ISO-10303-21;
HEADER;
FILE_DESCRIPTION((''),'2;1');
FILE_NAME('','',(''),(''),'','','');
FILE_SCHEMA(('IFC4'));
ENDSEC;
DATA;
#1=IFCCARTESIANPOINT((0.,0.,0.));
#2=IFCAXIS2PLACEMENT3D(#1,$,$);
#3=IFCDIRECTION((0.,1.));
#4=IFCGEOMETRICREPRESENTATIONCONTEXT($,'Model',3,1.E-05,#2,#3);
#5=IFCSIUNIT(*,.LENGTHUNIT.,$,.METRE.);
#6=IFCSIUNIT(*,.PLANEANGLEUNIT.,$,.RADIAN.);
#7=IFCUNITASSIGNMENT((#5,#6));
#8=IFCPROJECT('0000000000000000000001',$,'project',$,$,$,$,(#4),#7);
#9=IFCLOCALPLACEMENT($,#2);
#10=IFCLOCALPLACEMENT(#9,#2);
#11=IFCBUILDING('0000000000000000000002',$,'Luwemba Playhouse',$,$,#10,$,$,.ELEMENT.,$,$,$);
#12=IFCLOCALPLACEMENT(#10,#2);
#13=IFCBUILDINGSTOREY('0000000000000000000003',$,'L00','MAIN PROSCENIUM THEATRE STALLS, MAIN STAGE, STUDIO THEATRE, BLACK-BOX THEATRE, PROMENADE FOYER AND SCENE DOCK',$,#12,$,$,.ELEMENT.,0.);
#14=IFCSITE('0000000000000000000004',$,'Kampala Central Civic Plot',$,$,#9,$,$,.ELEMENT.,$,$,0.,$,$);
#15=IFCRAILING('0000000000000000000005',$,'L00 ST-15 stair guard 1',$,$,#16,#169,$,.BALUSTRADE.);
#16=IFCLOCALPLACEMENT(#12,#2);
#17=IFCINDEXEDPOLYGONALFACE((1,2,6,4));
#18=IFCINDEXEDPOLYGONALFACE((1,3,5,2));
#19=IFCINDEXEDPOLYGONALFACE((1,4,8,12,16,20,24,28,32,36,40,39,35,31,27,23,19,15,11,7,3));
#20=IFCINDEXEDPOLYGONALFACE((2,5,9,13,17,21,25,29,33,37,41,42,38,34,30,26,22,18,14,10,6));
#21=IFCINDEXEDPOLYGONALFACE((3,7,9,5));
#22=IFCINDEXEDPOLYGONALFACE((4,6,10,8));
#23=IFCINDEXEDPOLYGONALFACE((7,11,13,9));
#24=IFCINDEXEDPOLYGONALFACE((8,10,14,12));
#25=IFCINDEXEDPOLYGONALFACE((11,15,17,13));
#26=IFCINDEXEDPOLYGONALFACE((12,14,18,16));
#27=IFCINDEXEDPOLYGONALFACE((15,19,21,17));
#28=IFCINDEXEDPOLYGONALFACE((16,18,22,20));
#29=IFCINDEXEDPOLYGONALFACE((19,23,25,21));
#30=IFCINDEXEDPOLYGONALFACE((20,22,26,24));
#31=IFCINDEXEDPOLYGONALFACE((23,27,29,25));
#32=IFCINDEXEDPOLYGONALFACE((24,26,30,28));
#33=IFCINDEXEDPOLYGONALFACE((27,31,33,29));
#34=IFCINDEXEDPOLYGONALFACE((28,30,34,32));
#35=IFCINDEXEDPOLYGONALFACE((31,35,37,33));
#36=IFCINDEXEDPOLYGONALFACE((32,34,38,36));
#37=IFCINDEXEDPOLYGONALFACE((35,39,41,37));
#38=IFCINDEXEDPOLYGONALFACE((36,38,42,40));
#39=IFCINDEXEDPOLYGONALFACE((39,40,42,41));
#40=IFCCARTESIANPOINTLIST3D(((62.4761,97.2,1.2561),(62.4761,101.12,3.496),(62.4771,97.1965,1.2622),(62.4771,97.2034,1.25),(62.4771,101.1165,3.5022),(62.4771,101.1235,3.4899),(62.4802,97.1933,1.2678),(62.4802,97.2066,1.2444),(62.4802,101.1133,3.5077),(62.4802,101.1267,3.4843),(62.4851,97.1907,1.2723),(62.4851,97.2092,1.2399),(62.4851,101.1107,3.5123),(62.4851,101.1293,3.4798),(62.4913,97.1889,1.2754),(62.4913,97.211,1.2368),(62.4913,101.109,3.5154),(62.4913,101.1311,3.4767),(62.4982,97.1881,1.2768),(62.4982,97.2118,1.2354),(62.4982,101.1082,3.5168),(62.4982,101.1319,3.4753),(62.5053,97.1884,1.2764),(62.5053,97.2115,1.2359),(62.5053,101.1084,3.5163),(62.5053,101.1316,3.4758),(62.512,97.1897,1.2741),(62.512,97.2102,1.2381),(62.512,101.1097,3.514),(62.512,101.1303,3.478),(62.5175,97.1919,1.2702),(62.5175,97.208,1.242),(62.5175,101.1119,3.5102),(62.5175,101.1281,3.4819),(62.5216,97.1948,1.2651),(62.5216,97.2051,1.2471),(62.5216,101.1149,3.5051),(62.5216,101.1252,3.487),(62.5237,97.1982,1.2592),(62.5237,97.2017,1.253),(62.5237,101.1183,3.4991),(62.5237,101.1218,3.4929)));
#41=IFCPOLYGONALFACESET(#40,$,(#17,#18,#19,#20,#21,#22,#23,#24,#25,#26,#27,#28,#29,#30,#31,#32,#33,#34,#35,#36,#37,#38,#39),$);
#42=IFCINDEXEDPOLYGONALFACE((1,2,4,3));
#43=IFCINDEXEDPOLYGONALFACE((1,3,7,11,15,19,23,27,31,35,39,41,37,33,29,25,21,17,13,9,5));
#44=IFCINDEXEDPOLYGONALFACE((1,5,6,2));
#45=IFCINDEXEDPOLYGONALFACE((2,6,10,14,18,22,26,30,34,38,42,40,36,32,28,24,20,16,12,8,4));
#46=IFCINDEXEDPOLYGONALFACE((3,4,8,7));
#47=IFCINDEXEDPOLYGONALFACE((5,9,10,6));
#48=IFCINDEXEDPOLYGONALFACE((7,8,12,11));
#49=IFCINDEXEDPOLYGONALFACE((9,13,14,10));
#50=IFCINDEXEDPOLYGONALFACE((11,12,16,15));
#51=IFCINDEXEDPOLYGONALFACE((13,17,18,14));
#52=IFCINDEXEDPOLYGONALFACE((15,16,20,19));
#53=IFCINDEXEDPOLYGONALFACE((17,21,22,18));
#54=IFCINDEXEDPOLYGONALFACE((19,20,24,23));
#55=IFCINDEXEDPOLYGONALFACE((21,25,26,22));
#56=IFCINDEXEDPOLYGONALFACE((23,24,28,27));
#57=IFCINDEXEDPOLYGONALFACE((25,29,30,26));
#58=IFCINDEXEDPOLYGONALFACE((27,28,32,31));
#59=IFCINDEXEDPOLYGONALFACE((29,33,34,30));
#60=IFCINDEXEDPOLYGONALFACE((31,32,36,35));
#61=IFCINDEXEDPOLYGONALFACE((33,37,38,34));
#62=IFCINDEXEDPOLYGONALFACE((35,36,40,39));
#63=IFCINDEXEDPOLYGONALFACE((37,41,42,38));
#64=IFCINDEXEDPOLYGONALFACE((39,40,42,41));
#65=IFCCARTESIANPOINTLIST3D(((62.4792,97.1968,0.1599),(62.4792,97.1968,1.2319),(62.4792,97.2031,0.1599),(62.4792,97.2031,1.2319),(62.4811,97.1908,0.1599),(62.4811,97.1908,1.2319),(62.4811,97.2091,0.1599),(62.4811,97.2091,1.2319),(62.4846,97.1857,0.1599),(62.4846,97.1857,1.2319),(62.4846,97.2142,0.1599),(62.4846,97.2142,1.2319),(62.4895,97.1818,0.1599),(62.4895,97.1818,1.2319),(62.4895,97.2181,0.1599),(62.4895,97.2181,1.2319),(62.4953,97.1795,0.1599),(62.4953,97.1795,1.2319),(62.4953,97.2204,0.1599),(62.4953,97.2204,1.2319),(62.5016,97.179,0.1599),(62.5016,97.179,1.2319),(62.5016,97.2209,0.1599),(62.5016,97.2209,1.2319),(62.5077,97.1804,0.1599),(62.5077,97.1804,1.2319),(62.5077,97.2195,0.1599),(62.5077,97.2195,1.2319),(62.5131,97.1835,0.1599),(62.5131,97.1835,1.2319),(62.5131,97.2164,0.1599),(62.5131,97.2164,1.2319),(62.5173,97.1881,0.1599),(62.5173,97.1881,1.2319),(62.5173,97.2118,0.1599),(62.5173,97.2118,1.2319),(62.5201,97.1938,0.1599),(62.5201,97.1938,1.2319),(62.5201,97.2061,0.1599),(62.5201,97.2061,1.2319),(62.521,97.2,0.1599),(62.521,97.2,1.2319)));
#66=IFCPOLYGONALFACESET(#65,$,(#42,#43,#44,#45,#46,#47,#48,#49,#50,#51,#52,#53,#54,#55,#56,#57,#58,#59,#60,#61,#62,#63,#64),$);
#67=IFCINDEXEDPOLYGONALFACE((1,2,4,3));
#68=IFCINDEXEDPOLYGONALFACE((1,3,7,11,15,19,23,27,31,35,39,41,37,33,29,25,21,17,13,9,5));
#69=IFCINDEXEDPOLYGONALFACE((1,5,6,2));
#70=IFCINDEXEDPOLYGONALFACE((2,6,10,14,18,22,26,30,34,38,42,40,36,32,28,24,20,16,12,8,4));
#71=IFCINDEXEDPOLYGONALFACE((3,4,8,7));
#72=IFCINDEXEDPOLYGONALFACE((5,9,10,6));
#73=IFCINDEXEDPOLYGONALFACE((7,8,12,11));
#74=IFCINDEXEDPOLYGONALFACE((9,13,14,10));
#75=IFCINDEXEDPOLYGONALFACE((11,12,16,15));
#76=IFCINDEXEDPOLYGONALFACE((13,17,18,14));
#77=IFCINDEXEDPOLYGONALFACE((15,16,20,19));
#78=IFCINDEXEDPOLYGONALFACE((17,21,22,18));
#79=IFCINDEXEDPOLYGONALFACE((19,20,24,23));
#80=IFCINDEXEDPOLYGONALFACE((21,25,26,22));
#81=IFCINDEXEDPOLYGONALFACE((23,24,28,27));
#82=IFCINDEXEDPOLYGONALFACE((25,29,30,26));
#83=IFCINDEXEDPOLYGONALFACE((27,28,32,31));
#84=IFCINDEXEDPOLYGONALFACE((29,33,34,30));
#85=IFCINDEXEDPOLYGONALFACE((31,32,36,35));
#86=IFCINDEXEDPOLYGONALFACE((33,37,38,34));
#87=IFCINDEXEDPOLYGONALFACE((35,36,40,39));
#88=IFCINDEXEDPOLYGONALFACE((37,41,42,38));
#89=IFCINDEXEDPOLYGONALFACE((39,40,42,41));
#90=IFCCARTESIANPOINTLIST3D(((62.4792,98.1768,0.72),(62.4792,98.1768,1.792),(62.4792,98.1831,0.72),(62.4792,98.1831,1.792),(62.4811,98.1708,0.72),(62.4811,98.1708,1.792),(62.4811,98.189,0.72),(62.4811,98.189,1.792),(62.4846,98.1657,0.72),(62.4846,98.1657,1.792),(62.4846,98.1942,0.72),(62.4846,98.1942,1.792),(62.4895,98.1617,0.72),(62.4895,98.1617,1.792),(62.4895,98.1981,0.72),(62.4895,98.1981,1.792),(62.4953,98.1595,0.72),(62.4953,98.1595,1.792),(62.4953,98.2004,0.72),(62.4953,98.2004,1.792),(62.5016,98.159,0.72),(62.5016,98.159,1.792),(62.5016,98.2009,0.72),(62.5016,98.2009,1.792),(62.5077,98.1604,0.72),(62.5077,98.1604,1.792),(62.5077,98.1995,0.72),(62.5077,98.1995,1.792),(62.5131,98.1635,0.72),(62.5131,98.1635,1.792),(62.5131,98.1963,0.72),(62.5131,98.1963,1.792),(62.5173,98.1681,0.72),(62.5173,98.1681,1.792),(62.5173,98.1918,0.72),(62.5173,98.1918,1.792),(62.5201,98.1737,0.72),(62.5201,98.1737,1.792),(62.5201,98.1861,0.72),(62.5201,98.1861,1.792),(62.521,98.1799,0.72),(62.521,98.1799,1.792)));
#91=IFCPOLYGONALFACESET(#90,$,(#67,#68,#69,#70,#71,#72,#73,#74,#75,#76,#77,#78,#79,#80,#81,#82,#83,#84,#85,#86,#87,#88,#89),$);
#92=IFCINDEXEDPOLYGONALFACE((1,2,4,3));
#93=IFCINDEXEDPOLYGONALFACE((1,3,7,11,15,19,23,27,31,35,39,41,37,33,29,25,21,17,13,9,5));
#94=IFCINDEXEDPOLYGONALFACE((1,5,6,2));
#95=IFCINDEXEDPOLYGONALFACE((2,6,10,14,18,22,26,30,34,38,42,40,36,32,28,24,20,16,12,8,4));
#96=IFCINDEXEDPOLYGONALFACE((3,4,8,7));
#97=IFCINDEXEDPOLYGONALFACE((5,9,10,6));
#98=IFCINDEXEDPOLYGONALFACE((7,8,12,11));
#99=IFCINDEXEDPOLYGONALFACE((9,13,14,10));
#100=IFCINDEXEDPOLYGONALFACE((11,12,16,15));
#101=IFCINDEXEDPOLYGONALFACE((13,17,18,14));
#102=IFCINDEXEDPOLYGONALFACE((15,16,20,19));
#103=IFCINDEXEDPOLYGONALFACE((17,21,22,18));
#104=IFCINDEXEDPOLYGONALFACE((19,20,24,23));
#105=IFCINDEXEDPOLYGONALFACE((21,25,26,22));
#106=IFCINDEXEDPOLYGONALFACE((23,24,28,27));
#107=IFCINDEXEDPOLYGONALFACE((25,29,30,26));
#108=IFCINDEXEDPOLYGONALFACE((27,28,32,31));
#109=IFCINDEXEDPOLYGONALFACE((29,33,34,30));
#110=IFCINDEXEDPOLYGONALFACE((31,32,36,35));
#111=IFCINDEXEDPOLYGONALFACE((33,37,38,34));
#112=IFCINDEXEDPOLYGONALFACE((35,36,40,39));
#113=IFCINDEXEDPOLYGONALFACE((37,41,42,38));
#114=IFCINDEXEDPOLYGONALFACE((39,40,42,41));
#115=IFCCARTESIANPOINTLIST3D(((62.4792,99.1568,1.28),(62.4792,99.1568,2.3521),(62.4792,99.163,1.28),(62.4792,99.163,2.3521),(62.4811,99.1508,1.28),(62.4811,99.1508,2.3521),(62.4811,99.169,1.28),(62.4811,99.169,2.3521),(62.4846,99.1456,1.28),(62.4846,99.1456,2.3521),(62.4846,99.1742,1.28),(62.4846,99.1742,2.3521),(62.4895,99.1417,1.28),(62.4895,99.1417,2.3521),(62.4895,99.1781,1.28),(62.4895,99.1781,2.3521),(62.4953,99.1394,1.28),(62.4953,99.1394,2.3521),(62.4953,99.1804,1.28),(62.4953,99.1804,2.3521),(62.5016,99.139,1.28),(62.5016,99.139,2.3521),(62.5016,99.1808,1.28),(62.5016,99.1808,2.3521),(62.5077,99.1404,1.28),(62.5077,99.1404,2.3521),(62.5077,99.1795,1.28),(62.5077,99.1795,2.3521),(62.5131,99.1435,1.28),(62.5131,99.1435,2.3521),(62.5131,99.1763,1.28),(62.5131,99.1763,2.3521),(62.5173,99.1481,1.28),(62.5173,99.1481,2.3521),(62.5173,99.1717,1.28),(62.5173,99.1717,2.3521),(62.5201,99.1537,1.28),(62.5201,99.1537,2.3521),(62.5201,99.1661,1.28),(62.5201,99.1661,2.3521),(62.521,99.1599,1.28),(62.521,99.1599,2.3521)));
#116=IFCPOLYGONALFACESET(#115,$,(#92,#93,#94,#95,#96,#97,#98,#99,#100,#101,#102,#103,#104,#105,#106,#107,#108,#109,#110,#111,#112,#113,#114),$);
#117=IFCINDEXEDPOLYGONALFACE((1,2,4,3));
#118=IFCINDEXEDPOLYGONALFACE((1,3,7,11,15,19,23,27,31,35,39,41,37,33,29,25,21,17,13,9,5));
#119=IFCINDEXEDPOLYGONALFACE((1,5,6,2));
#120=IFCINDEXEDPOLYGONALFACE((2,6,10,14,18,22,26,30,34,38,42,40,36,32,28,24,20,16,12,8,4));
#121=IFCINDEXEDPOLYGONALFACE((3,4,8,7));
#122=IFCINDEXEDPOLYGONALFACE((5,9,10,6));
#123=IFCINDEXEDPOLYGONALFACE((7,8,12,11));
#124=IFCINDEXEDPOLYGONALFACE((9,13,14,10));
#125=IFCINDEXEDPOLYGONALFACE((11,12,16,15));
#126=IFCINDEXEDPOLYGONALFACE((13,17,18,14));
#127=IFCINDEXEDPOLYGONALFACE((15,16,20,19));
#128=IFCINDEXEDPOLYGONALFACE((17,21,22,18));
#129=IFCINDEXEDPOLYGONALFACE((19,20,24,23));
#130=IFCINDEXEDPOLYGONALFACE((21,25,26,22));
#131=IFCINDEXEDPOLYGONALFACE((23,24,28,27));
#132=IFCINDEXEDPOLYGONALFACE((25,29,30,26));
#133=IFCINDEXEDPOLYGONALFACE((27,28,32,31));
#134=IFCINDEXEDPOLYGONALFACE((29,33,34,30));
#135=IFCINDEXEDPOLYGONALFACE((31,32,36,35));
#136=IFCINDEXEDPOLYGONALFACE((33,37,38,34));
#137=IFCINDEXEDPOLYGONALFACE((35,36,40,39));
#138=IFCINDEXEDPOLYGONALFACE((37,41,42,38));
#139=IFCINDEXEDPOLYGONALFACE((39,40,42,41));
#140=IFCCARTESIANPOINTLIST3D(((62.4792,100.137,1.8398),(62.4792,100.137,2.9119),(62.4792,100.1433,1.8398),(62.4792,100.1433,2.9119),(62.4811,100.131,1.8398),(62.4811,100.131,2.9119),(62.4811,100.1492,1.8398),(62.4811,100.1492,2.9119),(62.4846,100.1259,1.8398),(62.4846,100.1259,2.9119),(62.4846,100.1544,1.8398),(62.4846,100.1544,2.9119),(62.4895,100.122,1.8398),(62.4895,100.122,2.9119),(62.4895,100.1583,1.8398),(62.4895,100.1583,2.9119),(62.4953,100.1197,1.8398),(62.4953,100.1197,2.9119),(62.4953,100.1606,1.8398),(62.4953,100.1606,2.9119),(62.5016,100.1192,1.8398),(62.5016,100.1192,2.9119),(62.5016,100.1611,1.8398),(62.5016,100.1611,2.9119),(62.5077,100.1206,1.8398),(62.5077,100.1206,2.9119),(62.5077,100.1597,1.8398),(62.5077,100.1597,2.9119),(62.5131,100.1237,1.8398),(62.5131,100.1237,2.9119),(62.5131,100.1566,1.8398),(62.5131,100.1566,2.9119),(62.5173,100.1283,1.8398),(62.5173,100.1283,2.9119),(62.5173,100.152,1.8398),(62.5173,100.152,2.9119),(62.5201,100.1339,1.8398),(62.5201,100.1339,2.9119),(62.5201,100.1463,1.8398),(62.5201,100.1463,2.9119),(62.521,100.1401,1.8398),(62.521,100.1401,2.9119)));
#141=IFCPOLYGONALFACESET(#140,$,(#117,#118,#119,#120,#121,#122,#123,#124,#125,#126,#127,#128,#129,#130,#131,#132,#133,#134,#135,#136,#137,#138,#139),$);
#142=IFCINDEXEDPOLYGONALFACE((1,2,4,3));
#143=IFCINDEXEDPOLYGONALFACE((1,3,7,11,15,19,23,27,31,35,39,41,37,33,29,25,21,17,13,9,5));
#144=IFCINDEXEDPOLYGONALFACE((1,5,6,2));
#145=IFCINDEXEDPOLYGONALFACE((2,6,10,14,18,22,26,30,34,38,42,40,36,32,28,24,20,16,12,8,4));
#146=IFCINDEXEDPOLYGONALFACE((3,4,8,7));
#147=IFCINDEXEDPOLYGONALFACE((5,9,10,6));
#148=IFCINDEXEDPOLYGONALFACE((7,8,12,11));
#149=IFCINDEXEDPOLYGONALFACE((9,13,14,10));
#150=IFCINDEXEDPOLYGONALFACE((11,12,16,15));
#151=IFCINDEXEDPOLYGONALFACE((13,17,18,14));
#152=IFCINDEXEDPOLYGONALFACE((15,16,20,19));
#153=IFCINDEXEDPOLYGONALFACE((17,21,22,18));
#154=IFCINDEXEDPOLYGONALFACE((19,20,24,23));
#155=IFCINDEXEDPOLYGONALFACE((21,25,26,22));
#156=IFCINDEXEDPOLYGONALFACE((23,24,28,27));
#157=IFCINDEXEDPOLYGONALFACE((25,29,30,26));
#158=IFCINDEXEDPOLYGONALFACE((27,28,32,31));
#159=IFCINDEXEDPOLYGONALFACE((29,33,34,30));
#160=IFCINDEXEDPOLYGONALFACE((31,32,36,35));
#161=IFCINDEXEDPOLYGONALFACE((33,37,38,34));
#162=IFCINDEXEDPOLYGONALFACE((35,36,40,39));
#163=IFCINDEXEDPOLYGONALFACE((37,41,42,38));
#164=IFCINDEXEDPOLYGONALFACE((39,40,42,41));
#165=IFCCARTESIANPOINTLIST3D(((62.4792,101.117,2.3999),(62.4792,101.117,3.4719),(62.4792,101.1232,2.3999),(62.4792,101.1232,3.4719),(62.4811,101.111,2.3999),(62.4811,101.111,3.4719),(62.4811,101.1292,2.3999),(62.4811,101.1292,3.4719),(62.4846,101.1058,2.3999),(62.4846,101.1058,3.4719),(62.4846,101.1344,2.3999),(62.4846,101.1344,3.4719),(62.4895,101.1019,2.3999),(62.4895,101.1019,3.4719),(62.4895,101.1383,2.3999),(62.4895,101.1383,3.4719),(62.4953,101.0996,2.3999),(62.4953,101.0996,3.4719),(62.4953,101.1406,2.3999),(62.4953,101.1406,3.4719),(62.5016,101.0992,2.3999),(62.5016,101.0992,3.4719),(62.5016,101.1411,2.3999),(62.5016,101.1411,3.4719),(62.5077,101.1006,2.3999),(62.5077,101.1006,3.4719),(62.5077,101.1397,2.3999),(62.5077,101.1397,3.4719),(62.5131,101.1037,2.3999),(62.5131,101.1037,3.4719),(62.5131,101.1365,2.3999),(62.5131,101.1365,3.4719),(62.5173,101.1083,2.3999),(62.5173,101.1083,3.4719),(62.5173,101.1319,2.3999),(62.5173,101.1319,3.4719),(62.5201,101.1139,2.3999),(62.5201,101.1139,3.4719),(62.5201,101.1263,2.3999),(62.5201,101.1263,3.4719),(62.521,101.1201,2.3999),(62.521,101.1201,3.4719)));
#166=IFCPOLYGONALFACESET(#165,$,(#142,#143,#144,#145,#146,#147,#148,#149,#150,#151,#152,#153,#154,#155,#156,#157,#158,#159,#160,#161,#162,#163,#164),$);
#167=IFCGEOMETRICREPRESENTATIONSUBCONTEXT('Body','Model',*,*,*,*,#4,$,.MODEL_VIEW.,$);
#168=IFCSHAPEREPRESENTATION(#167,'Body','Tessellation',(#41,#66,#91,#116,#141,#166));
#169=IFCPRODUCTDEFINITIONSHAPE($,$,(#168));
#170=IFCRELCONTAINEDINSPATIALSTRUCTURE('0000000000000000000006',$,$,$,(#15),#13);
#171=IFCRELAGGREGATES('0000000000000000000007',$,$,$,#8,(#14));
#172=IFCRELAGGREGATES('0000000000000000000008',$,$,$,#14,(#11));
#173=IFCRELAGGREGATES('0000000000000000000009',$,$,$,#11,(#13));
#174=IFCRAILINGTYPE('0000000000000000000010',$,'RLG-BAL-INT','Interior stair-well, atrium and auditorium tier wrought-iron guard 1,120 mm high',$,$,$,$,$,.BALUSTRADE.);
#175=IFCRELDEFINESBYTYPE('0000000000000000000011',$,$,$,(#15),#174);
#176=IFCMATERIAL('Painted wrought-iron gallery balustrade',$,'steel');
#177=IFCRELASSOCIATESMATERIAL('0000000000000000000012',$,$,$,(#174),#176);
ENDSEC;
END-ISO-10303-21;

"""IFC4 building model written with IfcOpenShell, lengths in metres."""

from ifc_helpers import new_model, si_unit, direction, frame, origin, origin_2d, place, context, subcontext, project, spatial, circle, extrude, material, type_object, element, save


model = new_model("IFC4")

# Units and contexts
model_context = context("Model", 3, precision=1e-05, world=origin(), true_north=direction((0.0, 1.0)))
body_context = subcontext(model_context, "Body", "Model", "MODEL_VIEW")
ifc_project = project(units=[si_unit("LENGTHUNIT", "METRE"), si_unit("PLANEANGLEUNIT", "RADIAN")], contexts=[model_context])

# Site, building, storey
site_placement = place(None, origin())
site = spatial("IfcSite", under=ifc_project, at=site_placement, Name="Kampala Central Civic Plot", CompositionType="ELEMENT", RefElevation=0.0)
building_placement = place(site_placement, origin())
building = spatial("IfcBuilding", under=site, at=building_placement, Name="Luwemba Playhouse", CompositionType="ELEMENT")
storey_placement = place(building_placement, origin())
storey = spatial("IfcBuildingStorey", under=building, at=storey_placement, Name="L00", Description="MAIN PROSCENIUM THEATRE STALLS, MAIN STAGE, STUDIO THEATRE, BLACK-BOX THEATRE, PROMENADE FOYER AND SCENE DOCK", CompositionType="ELEMENT", Elevation=0.0)

# Railing
ifc_material_1 = material(Name="Painted wrought-iron gallery balustrade", Category="steel")
railing_type_1 = type_object("IfcRailingType", Name="RLG-BAL-INT", Description="Interior stair-well, atrium and auditorium tier wrought-iron guard 1,120 mm high", PredefinedType="BALUSTRADE", material=ifc_material_1)
railing_1_placement = place(storey_placement, frame((62.5, 97.2, 0.1599)))
element("IfcRailing", 1, at=railing_1_placement, inside=storey, type_object=railing_type_1, Name="L00 ST-15 stair guard 1", PredefinedType="BALUSTRADE", context=body_context, shape_type="SweptSolid", body=[
    extrude(circle(Radius=0.0239, at=origin_2d()), frame((0.0, 0.0, 1.0962), z_axis=(0.0, 0.868253, 0.496121), x_axis=(-1.0, 0.0, 0.0)), (0.0, 0.0, 1.0), 4.5149),
    extrude(circle(Radius=0.021, at=origin_2d()), origin(), (0.0, 0.0, 1.0), 1.072),
    extrude(circle(Radius=0.021, at=origin_2d()), frame((0.0, 0.98, 0.5601)), (0.0, 0.0, 1.0), 1.072),
    extrude(circle(Radius=0.021, at=origin_2d()), frame((0.0, 1.96, 1.1201)), (0.0, 0.0, 1.0), 1.072),
    extrude(circle(Radius=0.021, at=origin_2d()), frame((0.0, 2.9402, 1.6799)), (0.0, 0.0, 1.0), 1.072),
    extrude(circle(Radius=0.021, at=origin_2d()), frame((0.0, 3.9202, 2.24)), (0.0, 0.0, 1.0), 1.072),
])

save(model, "model.ifc")
